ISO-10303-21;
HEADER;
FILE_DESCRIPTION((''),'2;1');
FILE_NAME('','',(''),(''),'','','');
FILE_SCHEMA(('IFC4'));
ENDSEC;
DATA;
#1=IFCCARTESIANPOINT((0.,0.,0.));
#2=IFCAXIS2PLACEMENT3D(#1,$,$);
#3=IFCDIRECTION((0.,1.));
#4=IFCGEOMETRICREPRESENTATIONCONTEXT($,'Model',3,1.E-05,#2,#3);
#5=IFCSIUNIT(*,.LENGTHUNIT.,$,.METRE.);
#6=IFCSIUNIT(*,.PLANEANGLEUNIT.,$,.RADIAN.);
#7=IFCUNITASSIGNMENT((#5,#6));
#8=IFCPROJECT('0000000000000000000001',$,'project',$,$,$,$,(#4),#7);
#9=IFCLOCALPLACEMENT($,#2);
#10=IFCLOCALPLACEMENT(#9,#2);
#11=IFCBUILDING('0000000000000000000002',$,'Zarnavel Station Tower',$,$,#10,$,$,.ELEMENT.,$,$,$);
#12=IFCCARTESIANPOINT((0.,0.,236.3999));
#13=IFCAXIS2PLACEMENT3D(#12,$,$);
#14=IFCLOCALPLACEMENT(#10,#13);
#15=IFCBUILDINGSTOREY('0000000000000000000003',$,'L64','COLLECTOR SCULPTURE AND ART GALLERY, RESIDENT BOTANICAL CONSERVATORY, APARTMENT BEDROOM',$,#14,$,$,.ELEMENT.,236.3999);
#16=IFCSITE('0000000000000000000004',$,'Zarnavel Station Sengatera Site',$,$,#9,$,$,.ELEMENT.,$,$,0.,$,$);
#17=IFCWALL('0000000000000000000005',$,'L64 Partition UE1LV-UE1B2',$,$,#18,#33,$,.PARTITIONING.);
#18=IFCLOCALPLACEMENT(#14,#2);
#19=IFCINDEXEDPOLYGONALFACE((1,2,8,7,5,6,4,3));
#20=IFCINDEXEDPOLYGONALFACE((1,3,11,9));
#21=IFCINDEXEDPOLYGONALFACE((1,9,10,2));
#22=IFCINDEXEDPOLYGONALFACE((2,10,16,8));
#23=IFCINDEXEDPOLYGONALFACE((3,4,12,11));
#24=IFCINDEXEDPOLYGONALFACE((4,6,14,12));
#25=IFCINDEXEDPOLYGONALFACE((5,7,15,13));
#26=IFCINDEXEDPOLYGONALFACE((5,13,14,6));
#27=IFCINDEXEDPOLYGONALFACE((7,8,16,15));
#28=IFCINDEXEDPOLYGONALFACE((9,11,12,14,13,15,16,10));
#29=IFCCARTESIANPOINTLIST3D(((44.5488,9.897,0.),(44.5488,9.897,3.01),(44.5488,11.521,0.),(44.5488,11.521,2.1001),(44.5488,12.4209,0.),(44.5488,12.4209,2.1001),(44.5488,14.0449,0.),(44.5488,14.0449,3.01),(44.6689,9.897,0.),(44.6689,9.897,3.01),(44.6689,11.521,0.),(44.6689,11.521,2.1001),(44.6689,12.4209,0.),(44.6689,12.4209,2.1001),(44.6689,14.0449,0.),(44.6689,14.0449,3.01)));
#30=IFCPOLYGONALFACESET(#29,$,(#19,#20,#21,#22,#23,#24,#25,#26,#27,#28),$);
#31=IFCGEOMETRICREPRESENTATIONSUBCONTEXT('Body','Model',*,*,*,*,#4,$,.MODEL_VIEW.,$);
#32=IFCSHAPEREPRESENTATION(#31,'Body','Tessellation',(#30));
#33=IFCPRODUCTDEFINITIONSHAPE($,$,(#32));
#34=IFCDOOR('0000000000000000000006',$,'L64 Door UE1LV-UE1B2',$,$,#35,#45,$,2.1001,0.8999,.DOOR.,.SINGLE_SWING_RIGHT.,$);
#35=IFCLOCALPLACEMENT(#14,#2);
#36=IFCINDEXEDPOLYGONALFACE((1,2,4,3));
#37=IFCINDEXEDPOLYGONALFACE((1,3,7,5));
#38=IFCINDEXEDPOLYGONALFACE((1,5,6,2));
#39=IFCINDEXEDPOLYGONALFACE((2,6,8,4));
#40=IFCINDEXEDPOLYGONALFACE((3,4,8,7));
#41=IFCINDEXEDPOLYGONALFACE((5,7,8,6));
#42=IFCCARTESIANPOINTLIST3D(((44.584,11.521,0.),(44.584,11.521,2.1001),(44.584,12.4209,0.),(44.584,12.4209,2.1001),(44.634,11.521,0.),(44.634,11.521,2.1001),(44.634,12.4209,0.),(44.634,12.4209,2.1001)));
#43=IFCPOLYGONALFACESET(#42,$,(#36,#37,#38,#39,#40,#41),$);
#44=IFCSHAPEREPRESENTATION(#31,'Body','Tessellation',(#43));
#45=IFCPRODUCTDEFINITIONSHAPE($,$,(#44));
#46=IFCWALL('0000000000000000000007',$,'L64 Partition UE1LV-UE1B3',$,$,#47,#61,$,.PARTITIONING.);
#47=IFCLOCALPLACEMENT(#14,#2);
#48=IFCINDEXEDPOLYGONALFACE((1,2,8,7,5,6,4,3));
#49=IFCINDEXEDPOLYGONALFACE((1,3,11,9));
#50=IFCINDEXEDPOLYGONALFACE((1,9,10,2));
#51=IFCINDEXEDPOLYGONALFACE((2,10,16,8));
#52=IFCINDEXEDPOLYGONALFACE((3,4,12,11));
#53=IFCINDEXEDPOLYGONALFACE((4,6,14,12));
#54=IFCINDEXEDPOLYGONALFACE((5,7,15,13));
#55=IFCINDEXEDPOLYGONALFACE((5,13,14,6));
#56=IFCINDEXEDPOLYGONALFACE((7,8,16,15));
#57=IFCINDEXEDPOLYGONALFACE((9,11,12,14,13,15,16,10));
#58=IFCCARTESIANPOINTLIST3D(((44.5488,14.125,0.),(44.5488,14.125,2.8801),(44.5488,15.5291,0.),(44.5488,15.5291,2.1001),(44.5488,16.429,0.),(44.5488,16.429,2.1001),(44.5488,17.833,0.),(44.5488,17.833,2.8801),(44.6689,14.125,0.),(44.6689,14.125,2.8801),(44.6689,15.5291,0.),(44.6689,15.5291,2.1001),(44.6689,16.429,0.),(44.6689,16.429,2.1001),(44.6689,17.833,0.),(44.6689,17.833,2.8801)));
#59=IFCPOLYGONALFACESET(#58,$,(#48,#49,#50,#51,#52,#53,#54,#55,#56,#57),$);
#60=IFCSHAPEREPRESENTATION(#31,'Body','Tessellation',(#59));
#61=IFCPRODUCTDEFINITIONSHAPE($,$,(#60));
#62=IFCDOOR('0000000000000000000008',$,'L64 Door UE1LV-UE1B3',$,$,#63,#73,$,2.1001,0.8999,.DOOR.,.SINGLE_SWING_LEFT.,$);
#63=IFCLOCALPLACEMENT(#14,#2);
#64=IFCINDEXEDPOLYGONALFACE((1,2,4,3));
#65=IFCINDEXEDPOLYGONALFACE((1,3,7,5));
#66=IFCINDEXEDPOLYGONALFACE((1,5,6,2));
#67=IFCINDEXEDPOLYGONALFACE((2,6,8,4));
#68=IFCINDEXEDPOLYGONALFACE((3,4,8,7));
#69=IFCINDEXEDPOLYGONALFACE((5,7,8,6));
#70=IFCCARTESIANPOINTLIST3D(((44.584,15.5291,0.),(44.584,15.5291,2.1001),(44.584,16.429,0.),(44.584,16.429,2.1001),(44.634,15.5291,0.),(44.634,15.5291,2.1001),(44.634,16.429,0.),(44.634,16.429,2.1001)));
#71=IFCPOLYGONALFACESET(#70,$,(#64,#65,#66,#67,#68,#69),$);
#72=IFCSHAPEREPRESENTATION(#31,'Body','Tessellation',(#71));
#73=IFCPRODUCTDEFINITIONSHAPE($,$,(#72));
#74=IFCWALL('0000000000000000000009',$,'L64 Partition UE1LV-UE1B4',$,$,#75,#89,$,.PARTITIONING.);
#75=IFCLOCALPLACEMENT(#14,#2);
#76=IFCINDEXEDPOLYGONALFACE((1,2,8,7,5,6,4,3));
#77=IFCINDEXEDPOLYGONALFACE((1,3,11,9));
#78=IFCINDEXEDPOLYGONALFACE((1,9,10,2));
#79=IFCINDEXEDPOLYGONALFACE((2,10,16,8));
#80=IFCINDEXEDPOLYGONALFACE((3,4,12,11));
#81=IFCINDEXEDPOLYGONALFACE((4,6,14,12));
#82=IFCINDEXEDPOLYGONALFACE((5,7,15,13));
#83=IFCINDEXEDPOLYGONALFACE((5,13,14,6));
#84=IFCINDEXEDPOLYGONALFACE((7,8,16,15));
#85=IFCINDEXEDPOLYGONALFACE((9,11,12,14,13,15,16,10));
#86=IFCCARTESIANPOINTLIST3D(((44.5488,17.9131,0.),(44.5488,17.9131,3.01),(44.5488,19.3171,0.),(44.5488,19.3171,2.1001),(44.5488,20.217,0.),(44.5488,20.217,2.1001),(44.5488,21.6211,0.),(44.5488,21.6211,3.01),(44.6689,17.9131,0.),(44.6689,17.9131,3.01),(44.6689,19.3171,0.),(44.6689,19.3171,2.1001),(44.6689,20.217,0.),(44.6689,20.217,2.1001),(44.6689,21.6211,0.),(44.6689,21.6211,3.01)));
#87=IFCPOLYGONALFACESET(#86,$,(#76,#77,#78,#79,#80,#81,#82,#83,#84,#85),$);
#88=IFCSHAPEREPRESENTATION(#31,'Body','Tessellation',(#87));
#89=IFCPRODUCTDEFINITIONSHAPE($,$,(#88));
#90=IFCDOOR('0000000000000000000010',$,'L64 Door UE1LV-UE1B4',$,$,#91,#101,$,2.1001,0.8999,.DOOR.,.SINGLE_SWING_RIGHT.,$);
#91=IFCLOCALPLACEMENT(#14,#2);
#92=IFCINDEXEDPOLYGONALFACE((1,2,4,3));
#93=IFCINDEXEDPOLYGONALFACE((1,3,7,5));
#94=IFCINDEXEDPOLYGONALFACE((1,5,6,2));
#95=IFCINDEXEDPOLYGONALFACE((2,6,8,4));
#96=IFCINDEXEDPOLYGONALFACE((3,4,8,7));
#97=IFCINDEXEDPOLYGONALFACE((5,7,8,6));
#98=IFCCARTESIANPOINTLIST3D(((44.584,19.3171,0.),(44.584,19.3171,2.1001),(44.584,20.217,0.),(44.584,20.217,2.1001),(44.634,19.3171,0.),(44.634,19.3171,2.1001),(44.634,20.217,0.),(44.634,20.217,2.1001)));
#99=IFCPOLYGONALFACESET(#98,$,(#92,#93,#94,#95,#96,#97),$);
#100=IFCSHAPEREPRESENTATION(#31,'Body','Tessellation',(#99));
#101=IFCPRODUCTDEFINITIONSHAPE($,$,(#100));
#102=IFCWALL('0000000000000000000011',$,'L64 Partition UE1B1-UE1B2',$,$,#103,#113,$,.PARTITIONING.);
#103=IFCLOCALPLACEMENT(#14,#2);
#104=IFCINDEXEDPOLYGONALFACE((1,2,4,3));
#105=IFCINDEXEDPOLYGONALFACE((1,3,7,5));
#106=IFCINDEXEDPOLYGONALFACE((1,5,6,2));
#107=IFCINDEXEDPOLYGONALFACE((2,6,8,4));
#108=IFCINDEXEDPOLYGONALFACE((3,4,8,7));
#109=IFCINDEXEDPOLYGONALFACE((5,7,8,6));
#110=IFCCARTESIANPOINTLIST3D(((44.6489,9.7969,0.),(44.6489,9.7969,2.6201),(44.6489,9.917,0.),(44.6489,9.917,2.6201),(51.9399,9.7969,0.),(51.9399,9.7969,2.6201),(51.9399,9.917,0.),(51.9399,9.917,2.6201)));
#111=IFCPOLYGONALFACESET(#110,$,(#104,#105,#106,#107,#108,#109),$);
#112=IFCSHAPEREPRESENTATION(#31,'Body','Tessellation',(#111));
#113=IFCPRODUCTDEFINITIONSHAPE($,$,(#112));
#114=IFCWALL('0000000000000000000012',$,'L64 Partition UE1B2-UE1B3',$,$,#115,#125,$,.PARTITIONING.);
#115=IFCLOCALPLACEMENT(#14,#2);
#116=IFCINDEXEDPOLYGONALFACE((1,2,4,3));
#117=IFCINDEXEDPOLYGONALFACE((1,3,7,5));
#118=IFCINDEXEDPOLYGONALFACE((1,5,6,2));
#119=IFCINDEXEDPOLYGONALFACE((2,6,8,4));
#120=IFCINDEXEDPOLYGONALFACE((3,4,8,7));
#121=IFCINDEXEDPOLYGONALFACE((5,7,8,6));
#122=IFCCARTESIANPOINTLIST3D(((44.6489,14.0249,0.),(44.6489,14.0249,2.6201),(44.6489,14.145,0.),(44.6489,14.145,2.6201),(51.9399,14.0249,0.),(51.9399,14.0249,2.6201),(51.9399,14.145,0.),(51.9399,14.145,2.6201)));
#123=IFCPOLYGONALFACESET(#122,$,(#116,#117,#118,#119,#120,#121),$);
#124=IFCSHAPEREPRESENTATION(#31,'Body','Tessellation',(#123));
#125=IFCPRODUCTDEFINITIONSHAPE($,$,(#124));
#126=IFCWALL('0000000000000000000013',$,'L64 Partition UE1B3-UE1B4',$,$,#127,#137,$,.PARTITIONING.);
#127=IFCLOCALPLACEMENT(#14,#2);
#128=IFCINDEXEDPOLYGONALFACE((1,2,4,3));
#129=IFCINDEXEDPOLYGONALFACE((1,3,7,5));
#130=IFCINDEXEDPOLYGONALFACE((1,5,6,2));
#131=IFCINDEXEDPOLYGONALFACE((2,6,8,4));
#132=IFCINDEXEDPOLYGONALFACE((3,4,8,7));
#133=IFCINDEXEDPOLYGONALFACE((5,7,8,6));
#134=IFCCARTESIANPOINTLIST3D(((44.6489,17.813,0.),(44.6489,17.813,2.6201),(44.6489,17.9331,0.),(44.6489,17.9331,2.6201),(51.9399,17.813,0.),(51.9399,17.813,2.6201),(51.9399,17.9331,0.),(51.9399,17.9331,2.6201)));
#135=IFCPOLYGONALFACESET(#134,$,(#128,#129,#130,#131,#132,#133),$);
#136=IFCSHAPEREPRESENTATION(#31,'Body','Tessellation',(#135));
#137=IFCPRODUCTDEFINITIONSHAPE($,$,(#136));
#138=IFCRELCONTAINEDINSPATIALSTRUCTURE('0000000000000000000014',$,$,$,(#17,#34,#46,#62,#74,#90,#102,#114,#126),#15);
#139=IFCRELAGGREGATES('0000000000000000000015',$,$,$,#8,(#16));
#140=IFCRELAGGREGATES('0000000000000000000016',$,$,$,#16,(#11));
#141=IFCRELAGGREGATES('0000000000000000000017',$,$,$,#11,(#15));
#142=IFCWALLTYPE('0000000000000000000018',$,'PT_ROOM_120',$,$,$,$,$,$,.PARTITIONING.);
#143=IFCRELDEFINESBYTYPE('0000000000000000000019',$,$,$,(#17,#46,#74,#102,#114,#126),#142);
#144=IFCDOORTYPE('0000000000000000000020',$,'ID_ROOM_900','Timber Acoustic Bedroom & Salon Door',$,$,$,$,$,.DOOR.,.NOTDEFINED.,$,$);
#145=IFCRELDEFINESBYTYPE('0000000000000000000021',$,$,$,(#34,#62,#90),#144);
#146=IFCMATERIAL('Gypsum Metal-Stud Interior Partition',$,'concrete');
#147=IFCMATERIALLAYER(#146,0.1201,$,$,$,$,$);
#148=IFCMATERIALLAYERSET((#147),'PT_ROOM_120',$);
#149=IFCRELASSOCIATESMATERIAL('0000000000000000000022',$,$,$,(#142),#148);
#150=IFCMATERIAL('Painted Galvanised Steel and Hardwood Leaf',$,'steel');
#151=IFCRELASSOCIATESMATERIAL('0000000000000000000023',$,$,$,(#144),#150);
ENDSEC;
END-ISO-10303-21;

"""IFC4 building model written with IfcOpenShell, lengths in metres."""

from ifc_helpers import new_model, si_unit, direction, frame, frame_2d, origin, place, context, subcontext, project, spatial, rectangle, extrude, material, layer, layer_set, type_object, element, fill, save


model = new_model("IFC4")

# Units and contexts
model_context = context("Model", 3, precision=1e-05, world=origin(), true_north=direction((0.0, 1.0)))
body_context = subcontext(model_context, "Body", "Model", "MODEL_VIEW")
ifc_project = project(units=[si_unit("LENGTHUNIT", "METRE"), si_unit("PLANEANGLEUNIT", "RADIAN")], contexts=[model_context])

# Site, building, storey
site_placement = place(None, origin())
site = spatial("IfcSite", under=ifc_project, at=site_placement, Name="Zarnavel Station Sengatera Site", CompositionType="ELEMENT", RefElevation=0.0)
building_placement = place(site_placement, origin())
building = spatial("IfcBuilding", under=site, at=building_placement, Name="Zarnavel Station Tower", CompositionType="ELEMENT")
storey_placement = place(building_placement, frame((0.0, 0.0, 236.3999)))
storey = spatial("IfcBuildingStorey", under=building, at=storey_placement, Name="L64", Description="COLLECTOR SCULPTURE AND ART GALLERY, RESIDENT BOTANICAL CONSERVATORY, APARTMENT BEDROOM", CompositionType="ELEMENT", Elevation=236.3999)

# Walls, openings, doors
ifc_material_1 = material(Name="Gypsum Metal-Stud Interior Partition", Category="concrete")
ifc_layer_1 = layer(ifc_material_1, 0.1201)
ifc_layer_set_1 = layer_set([ifc_layer_1], Name="PT_ROOM_120")
wall_type_1 = type_object("IfcWallType", Name="PT_ROOM_120", PredefinedType="PARTITIONING", material=ifc_layer_set_1)
wall_1_placement = place(storey_placement, frame((44.6089, 9.897, 0.0), z_axis=(0.0, 0.0, 1.0), x_axis=(0.0, 1.0, 0.0)))
wall_1 = element("IfcWall", 1, at=wall_1_placement, inside=storey, type_object=wall_type_1, Name="L64 Partition UE1LV-UE1B2", PredefinedType="PARTITIONING", context=body_context, shape_type="SweptSolid", body=[
    extrude(rectangle(XDim=4.1479, YDim=0.1201, at=frame_2d((2.074, 0.0))), origin(), (0.0, 0.0, 1.0), 3.01),
])
opening_1_placement = place(wall_1_placement, frame((1.624, 0.0, 0.0)))
opening_1 = element("IfcOpeningElement", 2, at=opening_1_placement, cuts=wall_1, PredefinedType="OPENING", context=body_context, shape_type="SweptSolid", body=[
    extrude(rectangle(XDim=0.8999, YDim=2.1001, at=frame_2d((0.45, 1.05))), frame((0.0, 0.0701, 0.0), z_axis=(0.0, -1.0, 0.0), x_axis=(1.0, 0.0, 0.0)), (0.0, 0.0, 1.0), 0.1401),
])
ifc_material_2 = material(Name="Painted Galvanised Steel and Hardwood Leaf", Category="steel")
door_type = type_object("IfcDoorType", Name="ID_ROOM_900", Description="Timber Acoustic Bedroom & Salon Door", OperationType="NOTDEFINED", PredefinedType="DOOR", material=ifc_material_2)
door_1_placement = place(opening_1_placement, origin())
door_1 = element("IfcDoor", 3, at=door_1_placement, inside=storey, type_object=door_type, Name="L64 Door UE1LV-UE1B2", OperationType="SINGLE_SWING_RIGHT", OverallHeight=2.1001, OverallWidth=0.8999, PredefinedType="DOOR", context=body_context, shape_type="SweptSolid", body=[
    extrude(rectangle(XDim=0.8999, YDim=2.1001, at=frame_2d((0.45, 1.05))), frame((0.0, 0.0249, 0.0), z_axis=(0.0, -1.0, 0.0), x_axis=(1.0, 0.0, 0.0)), (0.0, 0.0, 1.0), 0.05),
])
fill(opening_1, door_1)
wall_2_placement = place(storey_placement, frame((44.6089, 14.125, 0.0), z_axis=(0.0, 0.0, 1.0), x_axis=(0.0, 1.0, 0.0)))
wall_2 = element("IfcWall", 4, at=wall_2_placement, inside=storey, type_object=wall_type_1, Name="L64 Partition UE1LV-UE1B3", PredefinedType="PARTITIONING", context=body_context, shape_type="SweptSolid", body=[
    extrude(rectangle(XDim=3.708, YDim=0.1201, at=frame_2d((1.854, 0.0))), origin(), (0.0, 0.0, 1.0), 2.8801),
])
opening_2_placement = place(wall_2_placement, frame((1.4041, 0.0, 0.0)))
opening_2 = element("IfcOpeningElement", 5, at=opening_2_placement, cuts=wall_2, PredefinedType="OPENING", context=body_context, shape_type="SweptSolid", body=[
    extrude(rectangle(XDim=0.8999, YDim=2.1001, at=frame_2d((0.45, 1.05))), frame((0.0, 0.0701, 0.0), z_axis=(0.0, -1.0, 0.0), x_axis=(1.0, 0.0, 0.0)), (0.0, 0.0, 1.0), 0.1401),
])
door_2_placement = place(opening_2_placement, origin())
door_2 = element("IfcDoor", 6, at=door_2_placement, inside=storey, type_object=door_type, Name="L64 Door UE1LV-UE1B3", OperationType="SINGLE_SWING_LEFT", OverallHeight=2.1001, OverallWidth=0.8999, PredefinedType="DOOR", context=body_context, shape_type="SweptSolid", body=[
    extrude(rectangle(XDim=0.8999, YDim=2.1001, at=frame_2d((0.45, 1.05))), frame((0.0, 0.0249, 0.0), z_axis=(0.0, -1.0, 0.0), x_axis=(1.0, 0.0, 0.0)), (0.0, 0.0, 1.0), 0.05),
])
fill(opening_2, door_2)
wall_3_placement = place(storey_placement, frame((44.6089, 17.9131, 0.0), z_axis=(0.0, 0.0, 1.0), x_axis=(0.0, 1.0, 0.0)))
wall_3 = element("IfcWall", 7, at=wall_3_placement, inside=storey, type_object=wall_type_1, Name="L64 Partition UE1LV-UE1B4", PredefinedType="PARTITIONING", context=body_context, shape_type="SweptSolid", body=[
    extrude(rectangle(XDim=3.708, YDim=0.1201, at=frame_2d((1.854, 0.0))), origin(), (0.0, 0.0, 1.0), 3.01),
])
opening_3_placement = place(wall_3_placement, frame((1.4041, 0.0, 0.0)))
opening_3 = element("IfcOpeningElement", 8, at=opening_3_placement, cuts=wall_3, PredefinedType="OPENING", context=body_context, shape_type="SweptSolid", body=[
    extrude(rectangle(XDim=0.8999, YDim=2.1001, at=frame_2d((0.45, 1.05))), frame((0.0, 0.0701, 0.0), z_axis=(0.0, -1.0, 0.0), x_axis=(1.0, 0.0, 0.0)), (0.0, 0.0, 1.0), 0.1401),
])
door_3_placement = place(opening_3_placement, origin())
door_3 = element("IfcDoor", 9, at=door_3_placement, inside=storey, type_object=door_type, Name="L64 Door UE1LV-UE1B4", OperationType="SINGLE_SWING_RIGHT", OverallHeight=2.1001, OverallWidth=0.8999, PredefinedType="DOOR", context=body_context, shape_type="SweptSolid", body=[
    extrude(rectangle(XDim=0.8999, YDim=2.1001, at=frame_2d((0.45, 1.05))), frame((0.0, 0.0249, 0.0), z_axis=(0.0, -1.0, 0.0), x_axis=(1.0, 0.0, 0.0)), (0.0, 0.0, 1.0), 0.05),
])
fill(opening_3, door_3)

# Walls
for number, where, z_axis, x_axis, name in (
    (10, (44.6489, 9.8569, 0.0), (0.0, 0.0, 1.0), (1.0, 0.0, 0.0), "L64 Partition UE1B1-UE1B2"),
    (11, (44.6489, 14.085, 0.0), (0.0, 0.0, 1.0), (1.0, 0.0, 0.0), "L64 Partition UE1B2-UE1B3"),
    (12, (44.6489, 17.873, 0.0), (0.0, 0.0, 1.0), (1.0, 0.0, 0.0), "L64 Partition UE1B3-UE1B4"),
):
    element("IfcWall", number, at=place(storey_placement, frame(where, z_axis=z_axis, x_axis=x_axis)), inside=storey, type_object=wall_type_1, Name=name, PredefinedType="PARTITIONING", context=body_context, shape_type="SweptSolid", body=[
        extrude(rectangle(XDim=7.291, YDim=0.1201, at=frame_2d((3.6455, 0.0))), origin(), (0.0, 0.0, 1.0), 2.6201),
    ])

save(model, "model.ifc")
